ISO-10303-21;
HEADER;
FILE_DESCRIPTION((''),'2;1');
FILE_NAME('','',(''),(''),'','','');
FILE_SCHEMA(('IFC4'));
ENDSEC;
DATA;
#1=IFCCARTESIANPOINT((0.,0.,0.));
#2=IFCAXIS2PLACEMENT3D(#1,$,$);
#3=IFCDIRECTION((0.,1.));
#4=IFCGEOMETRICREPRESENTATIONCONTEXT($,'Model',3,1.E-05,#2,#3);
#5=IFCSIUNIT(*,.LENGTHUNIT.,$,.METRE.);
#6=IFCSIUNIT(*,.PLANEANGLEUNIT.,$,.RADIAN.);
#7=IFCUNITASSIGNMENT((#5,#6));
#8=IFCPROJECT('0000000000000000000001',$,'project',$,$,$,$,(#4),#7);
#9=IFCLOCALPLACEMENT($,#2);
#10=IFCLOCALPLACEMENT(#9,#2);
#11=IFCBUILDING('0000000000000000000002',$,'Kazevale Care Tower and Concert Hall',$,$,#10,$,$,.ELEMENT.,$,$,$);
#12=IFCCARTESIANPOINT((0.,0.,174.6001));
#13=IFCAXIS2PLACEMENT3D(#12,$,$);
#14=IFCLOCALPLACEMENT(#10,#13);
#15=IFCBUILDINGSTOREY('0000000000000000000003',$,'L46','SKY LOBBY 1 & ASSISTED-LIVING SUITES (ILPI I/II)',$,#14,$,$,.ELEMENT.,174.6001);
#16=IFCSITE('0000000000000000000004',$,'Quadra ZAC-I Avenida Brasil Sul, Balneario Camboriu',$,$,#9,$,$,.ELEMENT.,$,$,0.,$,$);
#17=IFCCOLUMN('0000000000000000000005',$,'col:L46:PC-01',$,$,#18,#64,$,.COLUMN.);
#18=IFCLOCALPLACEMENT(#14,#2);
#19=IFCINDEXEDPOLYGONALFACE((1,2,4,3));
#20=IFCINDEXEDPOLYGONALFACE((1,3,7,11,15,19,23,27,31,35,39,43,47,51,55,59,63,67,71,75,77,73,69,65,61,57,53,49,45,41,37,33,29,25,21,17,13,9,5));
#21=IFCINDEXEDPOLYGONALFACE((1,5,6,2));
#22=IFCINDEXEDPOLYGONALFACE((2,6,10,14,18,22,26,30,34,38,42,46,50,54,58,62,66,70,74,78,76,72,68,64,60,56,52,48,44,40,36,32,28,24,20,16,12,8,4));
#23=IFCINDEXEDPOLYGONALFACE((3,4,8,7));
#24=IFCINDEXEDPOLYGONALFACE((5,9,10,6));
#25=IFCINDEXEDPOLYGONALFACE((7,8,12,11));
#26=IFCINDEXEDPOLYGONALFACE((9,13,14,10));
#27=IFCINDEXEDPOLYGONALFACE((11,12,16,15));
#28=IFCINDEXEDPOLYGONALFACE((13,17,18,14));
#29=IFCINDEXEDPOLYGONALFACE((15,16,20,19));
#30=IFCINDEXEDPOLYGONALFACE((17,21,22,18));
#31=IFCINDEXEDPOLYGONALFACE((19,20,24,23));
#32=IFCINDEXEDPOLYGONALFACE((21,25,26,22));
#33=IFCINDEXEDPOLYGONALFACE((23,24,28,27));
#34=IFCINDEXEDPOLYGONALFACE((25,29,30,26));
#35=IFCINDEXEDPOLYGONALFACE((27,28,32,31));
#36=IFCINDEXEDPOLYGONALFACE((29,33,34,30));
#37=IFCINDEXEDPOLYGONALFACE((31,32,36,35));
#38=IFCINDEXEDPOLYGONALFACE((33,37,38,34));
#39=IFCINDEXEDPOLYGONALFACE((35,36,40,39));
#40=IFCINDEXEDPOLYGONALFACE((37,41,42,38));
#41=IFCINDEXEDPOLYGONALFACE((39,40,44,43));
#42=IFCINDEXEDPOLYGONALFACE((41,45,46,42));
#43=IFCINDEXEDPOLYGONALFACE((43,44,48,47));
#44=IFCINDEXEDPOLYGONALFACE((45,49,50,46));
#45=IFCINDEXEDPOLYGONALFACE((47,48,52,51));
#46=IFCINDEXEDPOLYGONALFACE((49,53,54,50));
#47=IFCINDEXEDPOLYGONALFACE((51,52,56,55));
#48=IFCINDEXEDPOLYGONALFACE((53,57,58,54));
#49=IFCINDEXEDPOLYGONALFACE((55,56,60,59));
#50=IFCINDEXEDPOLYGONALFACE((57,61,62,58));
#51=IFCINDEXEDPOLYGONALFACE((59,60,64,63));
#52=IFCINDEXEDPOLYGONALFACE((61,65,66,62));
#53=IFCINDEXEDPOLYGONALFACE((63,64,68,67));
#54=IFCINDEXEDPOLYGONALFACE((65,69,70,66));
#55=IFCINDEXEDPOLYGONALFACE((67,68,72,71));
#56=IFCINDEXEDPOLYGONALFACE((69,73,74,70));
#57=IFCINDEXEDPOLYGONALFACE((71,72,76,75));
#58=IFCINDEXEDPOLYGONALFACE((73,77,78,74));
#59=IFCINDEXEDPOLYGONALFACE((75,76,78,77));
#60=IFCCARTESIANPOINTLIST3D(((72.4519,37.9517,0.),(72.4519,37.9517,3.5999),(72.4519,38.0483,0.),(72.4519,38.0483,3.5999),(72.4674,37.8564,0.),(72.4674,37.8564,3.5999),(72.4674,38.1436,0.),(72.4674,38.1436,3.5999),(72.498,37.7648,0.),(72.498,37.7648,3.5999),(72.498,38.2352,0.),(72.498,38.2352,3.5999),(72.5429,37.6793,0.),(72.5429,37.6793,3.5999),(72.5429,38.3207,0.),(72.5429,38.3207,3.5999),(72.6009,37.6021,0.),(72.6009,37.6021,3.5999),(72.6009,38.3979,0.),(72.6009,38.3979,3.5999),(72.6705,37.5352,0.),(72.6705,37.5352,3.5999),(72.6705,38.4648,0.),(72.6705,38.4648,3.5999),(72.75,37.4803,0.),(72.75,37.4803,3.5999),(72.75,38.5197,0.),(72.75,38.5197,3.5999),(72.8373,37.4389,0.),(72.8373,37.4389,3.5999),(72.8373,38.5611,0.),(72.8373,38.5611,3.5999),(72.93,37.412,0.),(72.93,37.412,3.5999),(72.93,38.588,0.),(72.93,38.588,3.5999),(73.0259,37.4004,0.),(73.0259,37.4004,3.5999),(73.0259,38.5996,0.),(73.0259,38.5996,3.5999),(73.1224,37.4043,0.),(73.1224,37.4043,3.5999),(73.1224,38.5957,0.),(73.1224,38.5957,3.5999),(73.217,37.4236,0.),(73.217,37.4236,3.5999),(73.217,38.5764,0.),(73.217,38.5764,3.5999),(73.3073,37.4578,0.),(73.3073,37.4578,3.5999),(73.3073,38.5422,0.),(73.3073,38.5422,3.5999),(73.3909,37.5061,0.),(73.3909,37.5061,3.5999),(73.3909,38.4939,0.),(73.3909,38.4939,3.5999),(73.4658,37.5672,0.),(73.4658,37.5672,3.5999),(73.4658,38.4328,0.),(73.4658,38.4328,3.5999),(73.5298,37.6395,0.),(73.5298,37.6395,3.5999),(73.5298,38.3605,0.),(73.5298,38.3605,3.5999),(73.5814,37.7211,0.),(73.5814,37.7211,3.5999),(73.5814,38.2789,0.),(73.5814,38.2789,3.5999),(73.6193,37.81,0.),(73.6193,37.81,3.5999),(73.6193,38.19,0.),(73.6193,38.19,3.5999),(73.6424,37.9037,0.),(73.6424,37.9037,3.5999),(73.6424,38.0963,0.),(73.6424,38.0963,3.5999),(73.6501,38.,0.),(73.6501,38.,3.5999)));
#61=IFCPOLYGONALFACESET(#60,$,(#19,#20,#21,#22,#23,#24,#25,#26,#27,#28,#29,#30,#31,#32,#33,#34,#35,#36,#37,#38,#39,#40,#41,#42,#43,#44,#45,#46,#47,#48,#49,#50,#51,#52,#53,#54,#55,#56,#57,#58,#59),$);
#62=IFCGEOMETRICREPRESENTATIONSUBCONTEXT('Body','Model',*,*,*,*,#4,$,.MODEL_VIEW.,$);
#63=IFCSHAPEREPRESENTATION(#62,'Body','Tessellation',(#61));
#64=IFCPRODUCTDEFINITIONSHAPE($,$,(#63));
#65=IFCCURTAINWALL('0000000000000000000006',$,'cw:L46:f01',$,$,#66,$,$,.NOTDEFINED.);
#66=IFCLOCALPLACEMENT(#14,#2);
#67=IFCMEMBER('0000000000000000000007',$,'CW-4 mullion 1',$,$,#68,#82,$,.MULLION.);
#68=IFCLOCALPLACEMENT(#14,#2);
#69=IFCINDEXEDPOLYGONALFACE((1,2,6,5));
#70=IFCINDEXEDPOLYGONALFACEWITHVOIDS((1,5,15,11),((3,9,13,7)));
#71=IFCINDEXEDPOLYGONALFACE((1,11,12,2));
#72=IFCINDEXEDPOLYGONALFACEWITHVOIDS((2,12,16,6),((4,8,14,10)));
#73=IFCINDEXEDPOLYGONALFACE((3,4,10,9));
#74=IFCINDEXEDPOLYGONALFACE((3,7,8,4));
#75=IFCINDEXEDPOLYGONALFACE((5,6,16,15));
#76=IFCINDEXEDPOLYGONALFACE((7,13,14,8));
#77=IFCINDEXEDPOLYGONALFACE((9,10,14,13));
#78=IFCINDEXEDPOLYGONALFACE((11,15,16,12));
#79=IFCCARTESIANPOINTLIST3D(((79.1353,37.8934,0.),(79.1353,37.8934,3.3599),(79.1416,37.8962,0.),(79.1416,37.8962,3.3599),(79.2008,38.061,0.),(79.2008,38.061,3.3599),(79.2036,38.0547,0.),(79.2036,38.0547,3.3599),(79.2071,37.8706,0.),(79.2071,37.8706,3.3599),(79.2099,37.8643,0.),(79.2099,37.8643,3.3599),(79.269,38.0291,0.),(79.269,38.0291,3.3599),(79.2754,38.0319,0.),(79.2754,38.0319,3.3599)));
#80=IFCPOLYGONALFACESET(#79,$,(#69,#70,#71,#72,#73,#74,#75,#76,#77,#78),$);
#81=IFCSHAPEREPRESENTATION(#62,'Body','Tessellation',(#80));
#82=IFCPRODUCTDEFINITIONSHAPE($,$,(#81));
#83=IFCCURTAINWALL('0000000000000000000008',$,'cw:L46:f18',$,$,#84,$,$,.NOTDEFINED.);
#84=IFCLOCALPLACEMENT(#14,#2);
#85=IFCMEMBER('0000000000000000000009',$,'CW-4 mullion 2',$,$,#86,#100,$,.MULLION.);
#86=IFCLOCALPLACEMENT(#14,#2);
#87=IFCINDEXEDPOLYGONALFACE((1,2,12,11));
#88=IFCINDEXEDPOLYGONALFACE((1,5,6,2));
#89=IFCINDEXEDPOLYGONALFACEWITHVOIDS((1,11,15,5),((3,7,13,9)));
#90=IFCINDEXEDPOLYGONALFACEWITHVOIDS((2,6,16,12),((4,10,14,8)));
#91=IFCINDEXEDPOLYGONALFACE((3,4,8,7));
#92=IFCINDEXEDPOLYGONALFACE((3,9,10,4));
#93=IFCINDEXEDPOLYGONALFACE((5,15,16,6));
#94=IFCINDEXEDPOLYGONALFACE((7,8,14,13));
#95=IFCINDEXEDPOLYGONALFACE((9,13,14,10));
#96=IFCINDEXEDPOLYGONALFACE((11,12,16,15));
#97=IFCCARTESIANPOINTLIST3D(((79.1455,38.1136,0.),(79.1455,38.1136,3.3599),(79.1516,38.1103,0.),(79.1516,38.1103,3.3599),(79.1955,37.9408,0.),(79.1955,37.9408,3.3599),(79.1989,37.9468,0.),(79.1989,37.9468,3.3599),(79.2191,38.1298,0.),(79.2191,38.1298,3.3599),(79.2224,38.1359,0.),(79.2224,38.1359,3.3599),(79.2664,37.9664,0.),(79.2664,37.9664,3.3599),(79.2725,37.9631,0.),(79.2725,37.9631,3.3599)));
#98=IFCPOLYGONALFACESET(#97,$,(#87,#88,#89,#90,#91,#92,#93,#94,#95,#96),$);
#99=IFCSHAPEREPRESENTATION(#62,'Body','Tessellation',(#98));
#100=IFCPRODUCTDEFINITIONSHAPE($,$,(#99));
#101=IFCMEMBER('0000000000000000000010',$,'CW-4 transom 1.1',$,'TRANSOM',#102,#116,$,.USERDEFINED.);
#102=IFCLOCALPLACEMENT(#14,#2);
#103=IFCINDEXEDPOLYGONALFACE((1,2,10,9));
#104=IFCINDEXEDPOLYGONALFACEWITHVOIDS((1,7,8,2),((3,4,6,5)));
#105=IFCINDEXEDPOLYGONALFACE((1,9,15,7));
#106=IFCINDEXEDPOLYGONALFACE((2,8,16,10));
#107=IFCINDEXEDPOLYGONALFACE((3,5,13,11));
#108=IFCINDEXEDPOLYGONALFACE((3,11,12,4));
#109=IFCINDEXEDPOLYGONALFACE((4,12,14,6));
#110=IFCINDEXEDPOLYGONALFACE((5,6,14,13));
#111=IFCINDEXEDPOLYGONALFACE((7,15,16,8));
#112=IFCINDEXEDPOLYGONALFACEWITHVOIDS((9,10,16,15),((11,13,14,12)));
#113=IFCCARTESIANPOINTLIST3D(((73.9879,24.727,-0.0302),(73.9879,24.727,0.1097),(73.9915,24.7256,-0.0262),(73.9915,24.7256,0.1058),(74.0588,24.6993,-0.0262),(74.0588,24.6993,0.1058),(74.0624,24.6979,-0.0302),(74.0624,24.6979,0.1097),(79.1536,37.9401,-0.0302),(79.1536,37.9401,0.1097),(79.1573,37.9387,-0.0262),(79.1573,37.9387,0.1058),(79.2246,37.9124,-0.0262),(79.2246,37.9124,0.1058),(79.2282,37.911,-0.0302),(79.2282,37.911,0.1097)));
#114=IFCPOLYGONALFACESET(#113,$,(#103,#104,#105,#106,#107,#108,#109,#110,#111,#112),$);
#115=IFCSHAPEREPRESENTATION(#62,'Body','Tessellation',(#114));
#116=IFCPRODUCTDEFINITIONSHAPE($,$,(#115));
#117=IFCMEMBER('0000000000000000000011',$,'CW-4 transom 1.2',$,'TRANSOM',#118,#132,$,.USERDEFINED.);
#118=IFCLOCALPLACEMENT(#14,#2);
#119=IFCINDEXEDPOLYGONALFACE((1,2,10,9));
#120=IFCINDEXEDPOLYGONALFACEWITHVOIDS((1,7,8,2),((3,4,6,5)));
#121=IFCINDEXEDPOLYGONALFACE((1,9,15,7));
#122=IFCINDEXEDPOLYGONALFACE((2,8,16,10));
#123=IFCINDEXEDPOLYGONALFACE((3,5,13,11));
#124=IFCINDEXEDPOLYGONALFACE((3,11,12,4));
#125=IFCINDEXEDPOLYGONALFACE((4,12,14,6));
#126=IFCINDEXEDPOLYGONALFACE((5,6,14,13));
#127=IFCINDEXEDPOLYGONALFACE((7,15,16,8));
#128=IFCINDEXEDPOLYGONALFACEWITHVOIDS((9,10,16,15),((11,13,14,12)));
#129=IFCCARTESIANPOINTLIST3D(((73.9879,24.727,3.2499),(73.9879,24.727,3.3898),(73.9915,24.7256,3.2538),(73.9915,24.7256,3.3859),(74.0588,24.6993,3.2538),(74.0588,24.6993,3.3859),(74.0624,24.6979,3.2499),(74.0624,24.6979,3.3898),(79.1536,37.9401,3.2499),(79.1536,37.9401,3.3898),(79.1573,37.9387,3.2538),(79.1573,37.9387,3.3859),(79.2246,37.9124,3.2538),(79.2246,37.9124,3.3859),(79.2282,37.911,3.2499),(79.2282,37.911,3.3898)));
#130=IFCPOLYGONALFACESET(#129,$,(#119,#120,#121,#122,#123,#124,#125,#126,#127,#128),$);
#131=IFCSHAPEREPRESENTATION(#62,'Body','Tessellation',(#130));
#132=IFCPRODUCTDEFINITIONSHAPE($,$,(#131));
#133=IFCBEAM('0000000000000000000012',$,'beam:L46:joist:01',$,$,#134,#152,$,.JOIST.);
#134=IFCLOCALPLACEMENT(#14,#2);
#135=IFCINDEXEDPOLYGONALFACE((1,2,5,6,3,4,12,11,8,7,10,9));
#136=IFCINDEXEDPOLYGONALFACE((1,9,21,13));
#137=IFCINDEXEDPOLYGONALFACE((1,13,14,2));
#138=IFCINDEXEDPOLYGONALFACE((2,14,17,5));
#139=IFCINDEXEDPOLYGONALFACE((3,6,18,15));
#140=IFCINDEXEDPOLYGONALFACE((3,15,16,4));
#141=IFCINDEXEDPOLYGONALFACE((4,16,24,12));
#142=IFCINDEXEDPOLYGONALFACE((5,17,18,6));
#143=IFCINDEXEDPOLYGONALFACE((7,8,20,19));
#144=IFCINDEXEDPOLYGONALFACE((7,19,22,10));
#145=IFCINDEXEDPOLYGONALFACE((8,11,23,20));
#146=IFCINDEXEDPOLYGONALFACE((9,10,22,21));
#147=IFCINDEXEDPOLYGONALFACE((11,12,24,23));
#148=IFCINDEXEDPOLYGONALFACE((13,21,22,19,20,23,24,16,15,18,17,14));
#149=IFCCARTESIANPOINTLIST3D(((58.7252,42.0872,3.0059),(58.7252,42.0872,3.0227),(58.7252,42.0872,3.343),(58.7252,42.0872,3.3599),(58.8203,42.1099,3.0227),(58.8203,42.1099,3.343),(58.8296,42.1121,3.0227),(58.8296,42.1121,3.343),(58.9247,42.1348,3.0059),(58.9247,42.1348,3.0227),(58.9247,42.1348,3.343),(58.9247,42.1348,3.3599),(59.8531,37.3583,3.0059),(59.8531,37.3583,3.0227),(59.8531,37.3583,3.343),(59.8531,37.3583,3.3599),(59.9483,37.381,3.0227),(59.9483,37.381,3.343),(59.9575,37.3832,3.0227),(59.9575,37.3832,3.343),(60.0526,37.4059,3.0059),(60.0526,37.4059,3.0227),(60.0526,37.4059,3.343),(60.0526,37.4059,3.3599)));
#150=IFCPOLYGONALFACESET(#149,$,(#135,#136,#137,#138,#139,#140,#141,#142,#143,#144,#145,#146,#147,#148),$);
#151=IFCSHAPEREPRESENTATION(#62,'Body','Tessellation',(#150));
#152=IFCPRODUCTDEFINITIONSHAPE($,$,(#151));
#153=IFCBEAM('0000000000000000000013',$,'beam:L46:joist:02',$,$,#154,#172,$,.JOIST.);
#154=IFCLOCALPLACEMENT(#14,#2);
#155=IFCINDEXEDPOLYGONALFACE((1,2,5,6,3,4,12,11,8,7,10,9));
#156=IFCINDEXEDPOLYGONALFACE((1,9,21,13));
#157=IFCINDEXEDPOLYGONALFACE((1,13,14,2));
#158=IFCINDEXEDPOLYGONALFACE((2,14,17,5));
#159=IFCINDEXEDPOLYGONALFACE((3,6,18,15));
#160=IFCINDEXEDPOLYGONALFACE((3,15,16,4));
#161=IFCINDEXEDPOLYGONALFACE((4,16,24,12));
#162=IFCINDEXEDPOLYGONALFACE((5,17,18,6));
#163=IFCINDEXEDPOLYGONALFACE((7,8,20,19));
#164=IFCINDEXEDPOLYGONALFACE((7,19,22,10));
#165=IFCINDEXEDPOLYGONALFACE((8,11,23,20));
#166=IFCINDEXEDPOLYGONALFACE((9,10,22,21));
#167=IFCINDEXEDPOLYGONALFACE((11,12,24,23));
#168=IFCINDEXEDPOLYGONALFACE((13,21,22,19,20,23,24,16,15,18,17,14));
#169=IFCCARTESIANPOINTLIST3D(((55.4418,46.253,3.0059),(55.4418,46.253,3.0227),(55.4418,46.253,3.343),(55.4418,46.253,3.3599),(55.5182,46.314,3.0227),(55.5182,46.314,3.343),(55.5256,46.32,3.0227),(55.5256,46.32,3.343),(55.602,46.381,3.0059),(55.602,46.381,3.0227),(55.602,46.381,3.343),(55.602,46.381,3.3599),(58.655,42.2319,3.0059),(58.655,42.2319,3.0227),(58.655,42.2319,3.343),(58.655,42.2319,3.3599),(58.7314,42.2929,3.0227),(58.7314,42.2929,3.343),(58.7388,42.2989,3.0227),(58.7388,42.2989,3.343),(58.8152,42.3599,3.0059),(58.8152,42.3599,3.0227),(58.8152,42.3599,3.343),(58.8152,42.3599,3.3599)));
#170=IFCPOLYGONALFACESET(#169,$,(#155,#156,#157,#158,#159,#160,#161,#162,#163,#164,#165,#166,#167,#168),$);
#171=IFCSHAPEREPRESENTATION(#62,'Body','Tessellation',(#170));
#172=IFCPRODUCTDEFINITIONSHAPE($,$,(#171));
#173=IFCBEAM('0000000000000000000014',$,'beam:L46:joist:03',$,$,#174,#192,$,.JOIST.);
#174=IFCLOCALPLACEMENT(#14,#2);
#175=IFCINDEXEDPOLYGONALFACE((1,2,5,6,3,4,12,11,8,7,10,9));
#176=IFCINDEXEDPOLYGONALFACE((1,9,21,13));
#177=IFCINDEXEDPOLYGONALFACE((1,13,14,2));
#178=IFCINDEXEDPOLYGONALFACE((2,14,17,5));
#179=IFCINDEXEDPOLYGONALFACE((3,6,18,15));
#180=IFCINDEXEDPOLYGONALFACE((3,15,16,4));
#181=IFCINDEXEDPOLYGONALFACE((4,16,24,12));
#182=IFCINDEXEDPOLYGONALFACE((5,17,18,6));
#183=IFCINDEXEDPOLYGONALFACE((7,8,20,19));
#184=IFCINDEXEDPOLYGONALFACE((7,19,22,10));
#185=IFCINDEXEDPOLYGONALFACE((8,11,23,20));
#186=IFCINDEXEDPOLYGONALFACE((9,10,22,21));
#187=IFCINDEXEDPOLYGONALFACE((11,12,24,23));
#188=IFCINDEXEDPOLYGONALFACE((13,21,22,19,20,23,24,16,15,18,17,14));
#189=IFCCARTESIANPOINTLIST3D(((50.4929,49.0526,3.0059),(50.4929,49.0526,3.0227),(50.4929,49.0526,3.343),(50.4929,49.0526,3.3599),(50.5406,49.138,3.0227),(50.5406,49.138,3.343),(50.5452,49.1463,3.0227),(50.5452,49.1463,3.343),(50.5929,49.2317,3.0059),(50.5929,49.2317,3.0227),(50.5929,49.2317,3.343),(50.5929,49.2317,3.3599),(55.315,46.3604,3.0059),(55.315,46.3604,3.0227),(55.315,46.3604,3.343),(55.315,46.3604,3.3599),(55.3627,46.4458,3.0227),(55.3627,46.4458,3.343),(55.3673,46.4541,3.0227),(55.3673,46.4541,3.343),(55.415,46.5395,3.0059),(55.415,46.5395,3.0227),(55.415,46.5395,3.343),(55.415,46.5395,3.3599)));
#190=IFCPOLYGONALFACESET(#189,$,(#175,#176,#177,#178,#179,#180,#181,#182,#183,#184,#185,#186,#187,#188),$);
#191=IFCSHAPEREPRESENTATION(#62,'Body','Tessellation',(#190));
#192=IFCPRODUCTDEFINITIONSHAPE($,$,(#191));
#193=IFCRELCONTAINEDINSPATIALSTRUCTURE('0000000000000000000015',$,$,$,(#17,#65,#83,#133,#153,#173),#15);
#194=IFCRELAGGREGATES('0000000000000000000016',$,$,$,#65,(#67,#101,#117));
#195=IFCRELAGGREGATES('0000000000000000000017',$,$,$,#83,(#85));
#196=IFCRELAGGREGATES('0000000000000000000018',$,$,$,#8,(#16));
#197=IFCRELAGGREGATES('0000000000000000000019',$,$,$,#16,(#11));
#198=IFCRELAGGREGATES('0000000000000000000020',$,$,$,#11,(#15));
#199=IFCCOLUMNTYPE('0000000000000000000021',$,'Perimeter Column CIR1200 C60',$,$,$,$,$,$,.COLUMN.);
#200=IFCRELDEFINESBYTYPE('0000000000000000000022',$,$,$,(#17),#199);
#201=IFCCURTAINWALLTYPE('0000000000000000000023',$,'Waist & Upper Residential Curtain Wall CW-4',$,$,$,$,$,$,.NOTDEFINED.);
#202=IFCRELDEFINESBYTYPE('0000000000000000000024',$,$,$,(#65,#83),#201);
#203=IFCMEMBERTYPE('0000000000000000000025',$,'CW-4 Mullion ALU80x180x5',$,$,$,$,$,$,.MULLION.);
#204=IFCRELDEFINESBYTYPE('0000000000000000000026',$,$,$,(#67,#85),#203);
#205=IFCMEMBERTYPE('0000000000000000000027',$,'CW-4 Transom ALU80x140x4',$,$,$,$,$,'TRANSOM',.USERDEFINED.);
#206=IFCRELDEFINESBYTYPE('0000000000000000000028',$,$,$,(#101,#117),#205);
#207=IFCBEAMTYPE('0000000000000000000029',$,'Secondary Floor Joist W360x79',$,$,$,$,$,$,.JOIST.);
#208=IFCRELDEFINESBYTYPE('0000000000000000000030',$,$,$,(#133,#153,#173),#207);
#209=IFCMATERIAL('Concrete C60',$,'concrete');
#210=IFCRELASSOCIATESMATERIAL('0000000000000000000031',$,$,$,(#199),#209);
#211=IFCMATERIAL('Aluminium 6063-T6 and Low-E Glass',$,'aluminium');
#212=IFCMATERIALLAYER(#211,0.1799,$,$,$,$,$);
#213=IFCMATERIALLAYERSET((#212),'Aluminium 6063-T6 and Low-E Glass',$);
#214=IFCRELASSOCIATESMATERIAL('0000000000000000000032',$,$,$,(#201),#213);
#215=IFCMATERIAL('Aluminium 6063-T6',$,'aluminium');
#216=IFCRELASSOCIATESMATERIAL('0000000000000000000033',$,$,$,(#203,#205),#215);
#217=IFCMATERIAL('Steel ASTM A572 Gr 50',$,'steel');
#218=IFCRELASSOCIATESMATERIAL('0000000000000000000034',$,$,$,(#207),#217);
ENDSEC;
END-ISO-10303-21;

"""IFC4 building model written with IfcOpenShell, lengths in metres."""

from ifc_helpers import new_model, si_unit, direction, frame, origin, origin_2d, place, context, subcontext, project, spatial, hollow_rectangle, circle, i_section, extrude, material, layer, layer_set, material_profile, profile_set, type_object, element, aggregate, save


model = new_model("IFC4")

# Units and contexts
model_context = context("Model", 3, precision=1e-05, world=origin(), true_north=direction((0.0, 1.0)))
body_context = subcontext(model_context, "Body", "Model", "MODEL_VIEW")
ifc_project = project(units=[si_unit("LENGTHUNIT", "METRE"), si_unit("PLANEANGLEUNIT", "RADIAN")], contexts=[model_context])

# Site, building, storey
site_placement = place(None, origin())
site = spatial("IfcSite", under=ifc_project, at=site_placement, Name="Quadra ZAC-I Avenida Brasil Sul, Balneario Camboriu", CompositionType="ELEMENT", RefElevation=0.0)
building_placement = place(site_placement, origin())
building = spatial("IfcBuilding", under=site, at=building_placement, Name="Kazevale Care Tower and Concert Hall", CompositionType="ELEMENT")
storey_placement = place(building_placement, frame((0.0, 0.0, 174.6001)))
storey = spatial("IfcBuildingStorey", under=building, at=storey_placement, Name="L46", Description="SKY LOBBY 1 & ASSISTED-LIVING SUITES (ILPI I/II)", CompositionType="ELEMENT", Elevation=174.6001)

# Column
ifc_material_1 = material(Name="Concrete C60", Category="concrete")
ifc_material_profile_1 = material_profile(ifc_material_1, circle(Radius=0.6001, at=origin_2d()), Name="RC-CIR1200")
ifc_profile_set_1 = profile_set([ifc_material_profile_1], Name="Concrete C60")
column_type = type_object("IfcColumnType", Name="Perimeter Column CIR1200 C60", PredefinedType="COLUMN", material=ifc_profile_set_1)
column_placement = place(storey_placement, frame((73.05, 38.0, 0.0), z_axis=(0.0, 0.0, 1.0), x_axis=(1.0, 0.0, 0.0)))
element("IfcColumn", 1, at=column_placement, inside=storey, type_object=column_type, Name="col:L46:PC-01", PredefinedType="COLUMN", context=body_context, shape_type="SweptSolid", body=[
    extrude(circle(Radius=0.6001, at=origin_2d()), origin(), (0.0, 0.0, 1.0), 3.5999),
])

# Curtain walls, members
ifc_material_2 = material(Name="Aluminium 6063-T6 and Low-E Glass", Category="aluminium")
ifc_layer_1 = layer(ifc_material_2, 0.1799)
ifc_layer_set_1 = layer_set([ifc_layer_1], Name="Aluminium 6063-T6 and Low-E Glass")
curtain_wall_type = type_object("IfcCurtainWallType", Name="Waist & Upper Residential Curtain Wall CW-4", PredefinedType="NOTDEFINED", material=ifc_layer_set_1)
curtain_wall_1_placement = place(storey_placement, origin())
curtain_wall_1 = element("IfcCurtainWall", 2, at=curtain_wall_1_placement, inside=storey, type_object=curtain_wall_type, Name="cw:L46:f01", PredefinedType="NOTDEFINED")
ifc_material_3 = material(Name="Aluminium 6063-T6", Category="aluminium")
ifc_material_profile_2 = material_profile(ifc_material_3, hollow_rectangle(XDim=0.0801, YDim=0.1799, WallThickness=0.0049, at=origin_2d()), Name="ALU80x180x5")
ifc_profile_set_2 = profile_set([ifc_material_profile_2], Name="Aluminium 6063-T6")
member_type_1 = type_object("IfcMemberType", Name="CW-4 Mullion ALU80x180x5", PredefinedType="MULLION", material=ifc_profile_set_2)
member_1_placement = place(storey_placement, frame((79.2053, 37.9626, 0.0), z_axis=(0.0, 0.0, 1.0), x_axis=(0.931352, -0.364121, 0.0)))
member_1 = element("IfcMember", 3, at=member_1_placement, type_object=member_type_1, Name="CW-4 mullion 1", PredefinedType="MULLION", context=body_context, shape_type="SweptSolid", body=[
    extrude(hollow_rectangle(XDim=0.0801, YDim=0.1799, WallThickness=0.0049, at=origin_2d()), origin(), (0.0, 0.0, 1.0), 3.3599),
])
curtain_wall_2_placement = place(storey_placement, origin())
curtain_wall_2 = element("IfcCurtainWall", 4, at=curtain_wall_2_placement, inside=storey, type_object=curtain_wall_type, Name="cw:L46:f18", PredefinedType="NOTDEFINED")
member_2_placement = place(storey_placement, frame((79.209, 38.0383, 0.0), z_axis=(0.0, 0.0, 1.0), x_axis=(0.960542, 0.278137, 0.0)))
member_2 = element("IfcMember", 5, at=member_2_placement, type_object=member_type_1, Name="CW-4 mullion 2", PredefinedType="MULLION", context=body_context, shape_type="SweptSolid", body=[
    extrude(hollow_rectangle(XDim=0.0801, YDim=0.1799, WallThickness=0.0049, at=origin_2d()), origin(), (0.0, 0.0, 1.0), 3.3599),
])

# Members
ifc_material_profile_3 = material_profile(ifc_material_3, hollow_rectangle(XDim=0.0801, YDim=0.1399, WallThickness=0.0039, at=origin_2d()), Name="ALU80x140x4")
ifc_profile_set_3 = profile_set([ifc_material_profile_3], Name="Aluminium 6063-T6")
member_type_2 = type_object("IfcMemberType", Name="CW-4 Transom ALU80x140x4", ElementType="TRANSOM", PredefinedType="USERDEFINED", material=ifc_profile_set_3)
member_3_placement = place(storey_placement, frame((79.1909, 37.9255, 0.0398), z_axis=(-0.364119, -0.931352, 0.0), x_axis=(0.931352, -0.364119, 0.0)))
member_3 = element("IfcMember", 6, at=member_3_placement, type_object=member_type_2, Name="CW-4 transom 1.1", ObjectType="TRANSOM", PredefinedType="USERDEFINED", context=body_context, shape_type="SweptSolid", body=[
    extrude(hollow_rectangle(XDim=0.0801, YDim=0.1399, WallThickness=0.0039, at=origin_2d()), origin(), (0.0, 0.0, 1.0), 14.187),
])
member_4_placement = place(storey_placement, frame((79.1909, 37.9255, 3.3198), z_axis=(-0.364119, -0.931352, 0.0), x_axis=(0.931352, -0.364119, 0.0)))
member_4 = element("IfcMember", 7, at=member_4_placement, type_object=member_type_2, Name="CW-4 transom 1.2", ObjectType="TRANSOM", PredefinedType="USERDEFINED", context=body_context, shape_type="SweptSolid", body=[
    extrude(hollow_rectangle(XDim=0.0801, YDim=0.1399, WallThickness=0.0039, at=origin_2d()), origin(), (0.0, 0.0, 1.0), 14.187),
])

# Beams
ifc_material_4 = material(Name="Steel ASTM A572 Gr 50", Category="steel")
ifc_material_profile_4 = material_profile(ifc_material_4, i_section(OverallWidth=0.2051, OverallDepth=0.354, WebThickness=0.0095, FlangeThickness=0.0168, at=origin_2d()), Name="W360x79")
ifc_profile_set_4 = profile_set([ifc_material_profile_4], Name="Steel ASTM A572 Gr 50")
beam_type_1 = type_object("IfcBeamType", Name="Secondary Floor Joist W360x79", PredefinedType="JOIST", material=ifc_profile_set_4)
beam_1_placement = place(storey_placement, frame((59.9529, 37.3821, 3.1829), z_axis=(-0.232005, 0.972715, 0.0), x_axis=(-0.972715, -0.232005, 0.0)))
element("IfcBeam", 8, at=beam_1_placement, inside=storey, type_object=beam_type_1, Name="beam:L46:joist:01", PredefinedType="JOIST", context=body_context, shape_type="SweptSolid", body=[
    extrude(i_section(OverallWidth=0.2051, OverallDepth=0.354, WebThickness=0.0095, FlangeThickness=0.0168, at=origin_2d()), origin(), (0.0, 0.0, 1.0), 4.8616),
])
beam_2_placement = place(storey_placement, frame((58.7351, 42.2959, 3.1829), z_axis=(-0.624261, 0.781216, 0.0), x_axis=(-0.781216, -0.624261, 0.0)))
element("IfcBeam", 9, at=beam_2_placement, inside=storey, type_object=beam_type_1, Name="beam:L46:joist:02", PredefinedType="JOIST", context=body_context, shape_type="SweptSolid", body=[
    extrude(i_section(OverallWidth=0.2051, OverallDepth=0.354, WebThickness=0.0095, FlangeThickness=0.0168, at=origin_2d()), origin(), (0.0, 0.0, 1.0), 5.1472),
])
beam_3_placement = place(storey_placement, frame((55.365, 46.45, 3.1829), z_axis=(-0.873138, 0.487474, 0.0), x_axis=(-0.487474, -0.873138, 0.0)))
element("IfcBeam", 10, at=beam_3_placement, inside=storey, type_object=beam_type_1, Name="beam:L46:joist:03", PredefinedType="JOIST", context=body_context, shape_type="SweptSolid", body=[
    extrude(i_section(OverallWidth=0.2051, OverallDepth=0.354, WebThickness=0.0095, FlangeThickness=0.0168, at=origin_2d()), origin(), (0.0, 0.0, 1.0), 5.5227),
])

aggregate(curtain_wall_1, [member_1, member_3, member_4])
aggregate(curtain_wall_2, [member_2])

save(model, "model.ifc")
